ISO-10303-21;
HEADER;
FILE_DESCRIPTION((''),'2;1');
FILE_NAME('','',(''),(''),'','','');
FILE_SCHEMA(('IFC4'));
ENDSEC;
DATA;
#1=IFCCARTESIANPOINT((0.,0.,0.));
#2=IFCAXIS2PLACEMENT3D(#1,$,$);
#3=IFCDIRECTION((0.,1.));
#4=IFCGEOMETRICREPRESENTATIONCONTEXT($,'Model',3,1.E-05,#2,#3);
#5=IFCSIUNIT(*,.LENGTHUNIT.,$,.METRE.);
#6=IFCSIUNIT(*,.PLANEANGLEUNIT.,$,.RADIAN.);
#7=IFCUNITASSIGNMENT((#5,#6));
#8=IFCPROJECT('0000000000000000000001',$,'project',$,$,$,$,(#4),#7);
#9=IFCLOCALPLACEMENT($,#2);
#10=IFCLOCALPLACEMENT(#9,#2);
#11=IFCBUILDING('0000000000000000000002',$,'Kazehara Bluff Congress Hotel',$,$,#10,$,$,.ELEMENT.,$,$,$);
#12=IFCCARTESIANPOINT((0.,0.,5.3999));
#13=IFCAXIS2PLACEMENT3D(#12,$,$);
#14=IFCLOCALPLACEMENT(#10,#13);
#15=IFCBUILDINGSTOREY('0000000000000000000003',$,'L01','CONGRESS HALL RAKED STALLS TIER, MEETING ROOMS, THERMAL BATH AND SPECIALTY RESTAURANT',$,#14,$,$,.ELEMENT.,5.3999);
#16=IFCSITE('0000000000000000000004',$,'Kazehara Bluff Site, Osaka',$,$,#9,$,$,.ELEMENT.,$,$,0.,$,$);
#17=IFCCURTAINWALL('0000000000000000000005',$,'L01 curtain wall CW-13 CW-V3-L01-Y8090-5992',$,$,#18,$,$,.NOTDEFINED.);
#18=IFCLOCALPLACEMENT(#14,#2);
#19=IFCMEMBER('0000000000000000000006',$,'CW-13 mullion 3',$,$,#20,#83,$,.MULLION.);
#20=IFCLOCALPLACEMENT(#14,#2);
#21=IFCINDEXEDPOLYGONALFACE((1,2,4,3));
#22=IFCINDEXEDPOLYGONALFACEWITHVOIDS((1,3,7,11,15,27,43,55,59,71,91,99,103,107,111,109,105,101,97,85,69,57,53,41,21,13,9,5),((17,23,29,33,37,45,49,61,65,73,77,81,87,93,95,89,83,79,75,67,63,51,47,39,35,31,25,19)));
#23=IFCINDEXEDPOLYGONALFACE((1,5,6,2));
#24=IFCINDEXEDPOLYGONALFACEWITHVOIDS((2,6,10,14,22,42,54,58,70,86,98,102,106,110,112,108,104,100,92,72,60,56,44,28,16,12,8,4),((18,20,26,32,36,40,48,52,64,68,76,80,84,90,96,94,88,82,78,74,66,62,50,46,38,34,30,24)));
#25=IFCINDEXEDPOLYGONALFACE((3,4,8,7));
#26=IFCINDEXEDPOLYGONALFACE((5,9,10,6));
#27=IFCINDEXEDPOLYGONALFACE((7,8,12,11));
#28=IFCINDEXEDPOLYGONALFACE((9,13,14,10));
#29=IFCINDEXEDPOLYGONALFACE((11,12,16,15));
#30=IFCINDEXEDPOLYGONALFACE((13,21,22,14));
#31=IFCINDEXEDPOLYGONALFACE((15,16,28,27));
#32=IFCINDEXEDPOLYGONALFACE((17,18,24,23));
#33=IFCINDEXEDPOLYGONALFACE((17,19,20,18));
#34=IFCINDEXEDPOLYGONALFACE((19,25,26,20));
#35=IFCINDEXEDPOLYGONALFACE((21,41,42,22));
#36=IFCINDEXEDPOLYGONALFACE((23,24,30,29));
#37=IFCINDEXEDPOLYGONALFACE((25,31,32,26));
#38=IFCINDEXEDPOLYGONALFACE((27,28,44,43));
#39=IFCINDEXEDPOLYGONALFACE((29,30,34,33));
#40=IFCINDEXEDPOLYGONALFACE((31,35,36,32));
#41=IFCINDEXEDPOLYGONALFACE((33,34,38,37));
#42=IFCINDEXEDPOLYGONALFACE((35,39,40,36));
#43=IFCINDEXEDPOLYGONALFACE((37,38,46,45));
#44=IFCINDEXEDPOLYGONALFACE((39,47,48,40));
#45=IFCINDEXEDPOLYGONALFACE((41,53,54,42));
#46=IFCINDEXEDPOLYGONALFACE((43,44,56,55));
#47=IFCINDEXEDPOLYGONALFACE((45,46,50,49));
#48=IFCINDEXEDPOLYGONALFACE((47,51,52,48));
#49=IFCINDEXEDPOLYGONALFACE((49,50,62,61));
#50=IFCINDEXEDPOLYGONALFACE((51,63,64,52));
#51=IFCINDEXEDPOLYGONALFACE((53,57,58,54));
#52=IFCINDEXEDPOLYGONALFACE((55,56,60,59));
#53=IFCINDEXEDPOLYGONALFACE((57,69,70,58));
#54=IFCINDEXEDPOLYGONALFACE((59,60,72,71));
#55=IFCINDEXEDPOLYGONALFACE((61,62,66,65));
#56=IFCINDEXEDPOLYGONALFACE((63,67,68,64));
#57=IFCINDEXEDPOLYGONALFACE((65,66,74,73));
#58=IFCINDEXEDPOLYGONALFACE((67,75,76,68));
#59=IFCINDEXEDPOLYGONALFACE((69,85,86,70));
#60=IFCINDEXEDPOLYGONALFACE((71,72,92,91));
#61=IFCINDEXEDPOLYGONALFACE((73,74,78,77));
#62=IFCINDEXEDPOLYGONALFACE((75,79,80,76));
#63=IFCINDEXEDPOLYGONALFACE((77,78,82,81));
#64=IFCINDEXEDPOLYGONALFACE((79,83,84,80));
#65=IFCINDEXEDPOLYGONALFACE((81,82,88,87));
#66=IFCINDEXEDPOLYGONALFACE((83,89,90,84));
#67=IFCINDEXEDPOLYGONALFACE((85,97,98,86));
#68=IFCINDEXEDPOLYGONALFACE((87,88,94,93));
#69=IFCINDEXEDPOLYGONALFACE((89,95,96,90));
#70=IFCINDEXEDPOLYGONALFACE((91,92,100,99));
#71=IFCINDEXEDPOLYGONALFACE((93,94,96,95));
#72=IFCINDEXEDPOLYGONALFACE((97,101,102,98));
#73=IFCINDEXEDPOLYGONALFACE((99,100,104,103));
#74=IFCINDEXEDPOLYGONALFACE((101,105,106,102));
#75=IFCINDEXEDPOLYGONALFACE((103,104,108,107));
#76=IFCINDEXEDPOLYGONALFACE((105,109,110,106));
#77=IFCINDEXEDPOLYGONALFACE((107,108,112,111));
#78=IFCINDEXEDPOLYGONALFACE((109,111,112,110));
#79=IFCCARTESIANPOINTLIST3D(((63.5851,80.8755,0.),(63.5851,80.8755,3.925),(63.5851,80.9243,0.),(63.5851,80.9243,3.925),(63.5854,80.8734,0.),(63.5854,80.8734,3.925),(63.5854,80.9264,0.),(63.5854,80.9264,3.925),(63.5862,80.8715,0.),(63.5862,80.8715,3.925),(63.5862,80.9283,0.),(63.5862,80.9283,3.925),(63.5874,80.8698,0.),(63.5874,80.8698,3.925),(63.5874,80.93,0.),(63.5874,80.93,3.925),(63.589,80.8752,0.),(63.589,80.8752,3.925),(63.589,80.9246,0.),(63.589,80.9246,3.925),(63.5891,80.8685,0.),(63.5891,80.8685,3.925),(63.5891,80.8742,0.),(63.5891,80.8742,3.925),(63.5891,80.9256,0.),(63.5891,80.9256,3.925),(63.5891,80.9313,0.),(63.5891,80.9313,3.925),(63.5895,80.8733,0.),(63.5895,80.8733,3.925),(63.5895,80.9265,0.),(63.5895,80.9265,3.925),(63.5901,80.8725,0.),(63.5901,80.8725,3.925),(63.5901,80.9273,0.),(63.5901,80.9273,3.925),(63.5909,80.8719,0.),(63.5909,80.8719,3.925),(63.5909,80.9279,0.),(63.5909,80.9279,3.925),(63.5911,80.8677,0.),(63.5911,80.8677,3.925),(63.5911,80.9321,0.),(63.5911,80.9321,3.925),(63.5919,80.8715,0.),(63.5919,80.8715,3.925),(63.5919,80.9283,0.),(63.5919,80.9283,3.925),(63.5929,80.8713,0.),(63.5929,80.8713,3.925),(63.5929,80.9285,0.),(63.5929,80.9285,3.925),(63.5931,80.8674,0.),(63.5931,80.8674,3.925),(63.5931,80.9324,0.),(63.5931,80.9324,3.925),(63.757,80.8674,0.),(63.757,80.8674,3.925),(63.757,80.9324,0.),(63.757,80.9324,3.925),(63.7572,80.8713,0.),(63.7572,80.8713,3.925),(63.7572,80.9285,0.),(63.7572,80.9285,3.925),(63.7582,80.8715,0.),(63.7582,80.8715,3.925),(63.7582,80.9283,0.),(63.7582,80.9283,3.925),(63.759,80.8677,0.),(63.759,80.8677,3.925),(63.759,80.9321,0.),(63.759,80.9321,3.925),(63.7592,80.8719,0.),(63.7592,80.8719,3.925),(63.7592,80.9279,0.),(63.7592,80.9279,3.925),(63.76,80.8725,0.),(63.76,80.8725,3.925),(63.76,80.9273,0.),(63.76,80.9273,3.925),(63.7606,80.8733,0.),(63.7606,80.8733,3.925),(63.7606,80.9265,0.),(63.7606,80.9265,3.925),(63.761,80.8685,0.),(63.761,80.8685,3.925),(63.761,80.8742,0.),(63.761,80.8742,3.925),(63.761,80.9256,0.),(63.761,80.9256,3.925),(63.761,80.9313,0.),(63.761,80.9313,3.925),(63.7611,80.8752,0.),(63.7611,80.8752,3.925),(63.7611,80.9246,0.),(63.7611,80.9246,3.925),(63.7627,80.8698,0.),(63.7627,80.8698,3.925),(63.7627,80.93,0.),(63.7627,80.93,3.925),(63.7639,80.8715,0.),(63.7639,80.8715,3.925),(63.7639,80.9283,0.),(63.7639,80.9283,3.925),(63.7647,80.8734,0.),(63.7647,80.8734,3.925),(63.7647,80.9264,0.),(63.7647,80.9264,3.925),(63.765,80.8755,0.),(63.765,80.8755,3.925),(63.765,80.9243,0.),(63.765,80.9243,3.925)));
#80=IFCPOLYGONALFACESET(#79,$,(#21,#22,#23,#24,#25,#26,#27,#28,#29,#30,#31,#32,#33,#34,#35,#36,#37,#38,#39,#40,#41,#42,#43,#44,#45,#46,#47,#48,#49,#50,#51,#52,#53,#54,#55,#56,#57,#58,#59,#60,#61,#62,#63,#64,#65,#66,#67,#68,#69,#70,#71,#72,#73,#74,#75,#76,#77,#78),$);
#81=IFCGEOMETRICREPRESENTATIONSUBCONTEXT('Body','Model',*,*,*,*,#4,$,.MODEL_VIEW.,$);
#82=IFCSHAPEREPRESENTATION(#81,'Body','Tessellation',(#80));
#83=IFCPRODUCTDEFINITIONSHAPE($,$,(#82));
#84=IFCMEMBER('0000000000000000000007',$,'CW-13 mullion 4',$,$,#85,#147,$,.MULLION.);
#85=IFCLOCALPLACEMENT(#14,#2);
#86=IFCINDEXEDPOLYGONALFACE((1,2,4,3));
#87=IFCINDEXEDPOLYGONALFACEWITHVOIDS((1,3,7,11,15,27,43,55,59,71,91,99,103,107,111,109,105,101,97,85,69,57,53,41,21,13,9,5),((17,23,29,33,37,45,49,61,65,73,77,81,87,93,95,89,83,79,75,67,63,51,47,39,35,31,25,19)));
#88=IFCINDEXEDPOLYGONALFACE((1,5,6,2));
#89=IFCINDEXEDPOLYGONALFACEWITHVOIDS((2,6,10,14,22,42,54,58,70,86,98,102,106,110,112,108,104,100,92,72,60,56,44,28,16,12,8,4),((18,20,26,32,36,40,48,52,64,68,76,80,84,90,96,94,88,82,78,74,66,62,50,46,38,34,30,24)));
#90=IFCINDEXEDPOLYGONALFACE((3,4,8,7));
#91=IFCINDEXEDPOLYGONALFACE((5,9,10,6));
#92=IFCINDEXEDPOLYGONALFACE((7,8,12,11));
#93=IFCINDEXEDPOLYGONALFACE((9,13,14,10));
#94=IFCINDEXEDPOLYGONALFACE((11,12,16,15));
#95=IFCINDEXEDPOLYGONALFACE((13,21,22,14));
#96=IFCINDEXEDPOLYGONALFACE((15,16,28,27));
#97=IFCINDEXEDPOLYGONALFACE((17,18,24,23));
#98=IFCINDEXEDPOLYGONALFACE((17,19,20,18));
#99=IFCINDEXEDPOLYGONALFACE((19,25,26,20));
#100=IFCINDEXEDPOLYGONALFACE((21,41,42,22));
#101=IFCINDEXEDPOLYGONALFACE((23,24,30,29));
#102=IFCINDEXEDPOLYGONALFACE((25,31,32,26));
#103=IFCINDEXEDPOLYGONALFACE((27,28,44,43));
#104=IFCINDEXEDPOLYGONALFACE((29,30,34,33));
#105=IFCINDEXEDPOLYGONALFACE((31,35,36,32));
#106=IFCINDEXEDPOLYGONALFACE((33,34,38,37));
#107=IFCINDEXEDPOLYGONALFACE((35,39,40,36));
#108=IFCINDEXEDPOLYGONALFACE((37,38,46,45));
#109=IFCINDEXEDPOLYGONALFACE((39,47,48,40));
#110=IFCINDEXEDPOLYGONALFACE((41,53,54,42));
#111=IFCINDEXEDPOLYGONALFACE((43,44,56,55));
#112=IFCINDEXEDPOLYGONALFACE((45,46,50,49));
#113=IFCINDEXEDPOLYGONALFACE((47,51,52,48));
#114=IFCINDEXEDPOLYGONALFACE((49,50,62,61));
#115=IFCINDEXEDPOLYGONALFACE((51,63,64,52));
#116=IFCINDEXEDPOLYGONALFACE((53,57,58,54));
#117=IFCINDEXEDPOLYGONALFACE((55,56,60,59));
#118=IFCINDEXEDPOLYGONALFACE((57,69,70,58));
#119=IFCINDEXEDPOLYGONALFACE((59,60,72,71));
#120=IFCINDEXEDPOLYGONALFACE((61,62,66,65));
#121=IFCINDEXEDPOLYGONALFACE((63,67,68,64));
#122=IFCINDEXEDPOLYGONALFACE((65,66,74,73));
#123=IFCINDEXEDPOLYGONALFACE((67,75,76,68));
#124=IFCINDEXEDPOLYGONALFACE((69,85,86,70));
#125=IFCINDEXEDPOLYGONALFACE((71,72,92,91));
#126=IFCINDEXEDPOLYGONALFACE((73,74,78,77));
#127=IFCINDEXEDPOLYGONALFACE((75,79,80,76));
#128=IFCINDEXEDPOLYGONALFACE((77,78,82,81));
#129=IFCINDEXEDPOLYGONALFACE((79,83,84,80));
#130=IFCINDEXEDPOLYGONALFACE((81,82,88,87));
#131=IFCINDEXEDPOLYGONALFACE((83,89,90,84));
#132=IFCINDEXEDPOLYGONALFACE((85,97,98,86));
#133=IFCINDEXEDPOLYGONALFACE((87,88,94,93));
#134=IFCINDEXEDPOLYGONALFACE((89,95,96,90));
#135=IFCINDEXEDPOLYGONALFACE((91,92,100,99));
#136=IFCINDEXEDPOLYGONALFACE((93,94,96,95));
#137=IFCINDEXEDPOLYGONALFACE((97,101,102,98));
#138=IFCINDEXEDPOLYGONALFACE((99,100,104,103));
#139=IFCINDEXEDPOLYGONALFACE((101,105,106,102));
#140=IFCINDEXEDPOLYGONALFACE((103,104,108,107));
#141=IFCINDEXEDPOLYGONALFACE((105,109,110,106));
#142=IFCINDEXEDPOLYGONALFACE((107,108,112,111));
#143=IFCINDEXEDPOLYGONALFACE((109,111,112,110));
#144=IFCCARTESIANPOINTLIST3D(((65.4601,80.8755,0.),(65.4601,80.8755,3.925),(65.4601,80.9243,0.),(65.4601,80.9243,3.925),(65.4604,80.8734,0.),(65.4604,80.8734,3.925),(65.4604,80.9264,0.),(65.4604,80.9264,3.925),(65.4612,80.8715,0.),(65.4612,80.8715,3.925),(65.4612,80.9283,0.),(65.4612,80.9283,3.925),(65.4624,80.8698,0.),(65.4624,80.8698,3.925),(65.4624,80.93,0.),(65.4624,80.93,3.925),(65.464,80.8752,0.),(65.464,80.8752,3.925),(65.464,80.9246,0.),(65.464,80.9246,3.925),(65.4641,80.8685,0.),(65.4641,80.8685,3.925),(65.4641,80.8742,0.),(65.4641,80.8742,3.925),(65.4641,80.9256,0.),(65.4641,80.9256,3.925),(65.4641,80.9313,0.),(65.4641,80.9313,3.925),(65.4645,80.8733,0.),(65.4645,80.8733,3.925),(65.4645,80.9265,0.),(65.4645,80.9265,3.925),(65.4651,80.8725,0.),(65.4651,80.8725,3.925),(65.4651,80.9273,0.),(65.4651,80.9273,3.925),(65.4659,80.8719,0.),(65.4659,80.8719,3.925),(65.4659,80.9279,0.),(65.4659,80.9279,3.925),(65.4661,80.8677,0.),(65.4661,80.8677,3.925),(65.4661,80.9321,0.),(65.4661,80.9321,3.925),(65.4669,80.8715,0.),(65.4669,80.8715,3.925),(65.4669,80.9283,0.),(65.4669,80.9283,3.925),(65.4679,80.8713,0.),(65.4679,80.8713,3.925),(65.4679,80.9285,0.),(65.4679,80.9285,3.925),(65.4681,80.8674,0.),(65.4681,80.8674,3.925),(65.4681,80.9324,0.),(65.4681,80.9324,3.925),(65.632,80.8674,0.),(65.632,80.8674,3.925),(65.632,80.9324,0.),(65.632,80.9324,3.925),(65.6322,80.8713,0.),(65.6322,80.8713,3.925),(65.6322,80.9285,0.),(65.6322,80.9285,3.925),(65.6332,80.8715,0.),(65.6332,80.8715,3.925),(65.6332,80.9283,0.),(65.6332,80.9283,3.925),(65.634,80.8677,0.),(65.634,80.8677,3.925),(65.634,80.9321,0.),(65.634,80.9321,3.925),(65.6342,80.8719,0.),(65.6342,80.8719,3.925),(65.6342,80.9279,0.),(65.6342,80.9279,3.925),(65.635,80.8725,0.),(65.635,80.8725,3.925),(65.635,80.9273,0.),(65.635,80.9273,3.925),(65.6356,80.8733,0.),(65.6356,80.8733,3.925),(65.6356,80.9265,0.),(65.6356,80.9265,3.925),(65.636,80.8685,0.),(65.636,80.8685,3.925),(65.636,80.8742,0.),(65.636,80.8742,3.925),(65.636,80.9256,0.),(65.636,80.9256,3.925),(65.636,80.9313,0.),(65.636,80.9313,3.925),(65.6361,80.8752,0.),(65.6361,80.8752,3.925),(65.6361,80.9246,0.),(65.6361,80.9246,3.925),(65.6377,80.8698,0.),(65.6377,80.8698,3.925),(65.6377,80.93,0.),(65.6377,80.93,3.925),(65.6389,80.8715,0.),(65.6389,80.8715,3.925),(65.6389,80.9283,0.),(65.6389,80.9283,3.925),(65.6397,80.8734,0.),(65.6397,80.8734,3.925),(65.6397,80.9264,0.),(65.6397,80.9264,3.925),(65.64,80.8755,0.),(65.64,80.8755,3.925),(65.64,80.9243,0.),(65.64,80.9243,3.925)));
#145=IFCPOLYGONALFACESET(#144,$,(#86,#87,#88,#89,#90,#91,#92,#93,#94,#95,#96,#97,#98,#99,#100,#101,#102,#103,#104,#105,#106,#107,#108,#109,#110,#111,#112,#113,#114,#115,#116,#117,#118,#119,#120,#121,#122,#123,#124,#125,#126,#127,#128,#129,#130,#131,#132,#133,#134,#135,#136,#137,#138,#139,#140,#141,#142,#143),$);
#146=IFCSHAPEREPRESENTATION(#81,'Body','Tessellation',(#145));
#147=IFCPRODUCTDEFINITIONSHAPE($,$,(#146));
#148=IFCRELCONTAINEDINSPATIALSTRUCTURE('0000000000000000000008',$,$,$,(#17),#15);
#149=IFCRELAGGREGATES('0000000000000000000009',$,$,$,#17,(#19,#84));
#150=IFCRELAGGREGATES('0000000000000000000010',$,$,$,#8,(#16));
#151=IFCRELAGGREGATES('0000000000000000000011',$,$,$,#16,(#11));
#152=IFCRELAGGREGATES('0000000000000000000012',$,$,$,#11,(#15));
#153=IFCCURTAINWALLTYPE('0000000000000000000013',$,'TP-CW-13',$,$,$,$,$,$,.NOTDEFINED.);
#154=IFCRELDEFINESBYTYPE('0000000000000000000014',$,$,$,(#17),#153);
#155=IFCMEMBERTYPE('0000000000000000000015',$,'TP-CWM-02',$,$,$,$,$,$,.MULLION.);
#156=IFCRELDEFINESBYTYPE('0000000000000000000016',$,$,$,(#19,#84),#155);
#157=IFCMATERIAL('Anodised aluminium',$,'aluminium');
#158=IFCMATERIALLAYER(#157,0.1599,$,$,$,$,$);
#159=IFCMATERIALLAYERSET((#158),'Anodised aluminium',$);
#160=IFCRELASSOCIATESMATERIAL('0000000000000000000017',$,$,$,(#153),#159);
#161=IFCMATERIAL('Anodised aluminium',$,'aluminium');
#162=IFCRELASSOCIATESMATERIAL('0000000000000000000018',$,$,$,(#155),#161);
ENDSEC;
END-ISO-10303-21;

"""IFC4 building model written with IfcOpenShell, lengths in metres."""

from ifc_helpers import new_model, si_unit, direction, frame, origin, origin_2d, place, context, subcontext, project, spatial, hollow_rectangle, extrude, material, layer, layer_set, material_profile, profile_set, type_object, element, aggregate, save


model = new_model("IFC4")

# Units and contexts
model_context = context("Model", 3, precision=1e-05, world=origin(), true_north=direction((0.0, 1.0)))
body_context = subcontext(model_context, "Body", "Model", "MODEL_VIEW")
ifc_project = project(units=[si_unit("LENGTHUNIT", "METRE"), si_unit("PLANEANGLEUNIT", "RADIAN")], contexts=[model_context])

# Site, building, storey
site_placement = place(None, origin())
site = spatial("IfcSite", under=ifc_project, at=site_placement, Name="Kazehara Bluff Site, Osaka", CompositionType="ELEMENT", RefElevation=0.0)
building_placement = place(site_placement, origin())
building = spatial("IfcBuilding", under=site, at=building_placement, Name="Kazehara Bluff Congress Hotel", CompositionType="ELEMENT")
storey_placement = place(building_placement, frame((0.0, 0.0, 5.3999)))
storey = spatial("IfcBuildingStorey", under=building, at=storey_placement, Name="L01", Description="CONGRESS HALL RAKED STALLS TIER, MEETING ROOMS, THERMAL BATH AND SPECIALTY RESTAURANT", CompositionType="ELEMENT", Elevation=5.3999)

# Curtain wall, members
ifc_material_1 = material(Name="Anodised aluminium", Category="aluminium")
ifc_layer_1 = layer(ifc_material_1, 0.1599)
ifc_layer_set_1 = layer_set([ifc_layer_1], Name="Anodised aluminium")
curtain_wall_type_1 = type_object("IfcCurtainWallType", Name="TP-CW-13", PredefinedType="NOTDEFINED", material=ifc_layer_set_1)
curtain_wall_1_placement = place(storey_placement, origin())
curtain_wall_1 = element("IfcCurtainWall", 1, at=curtain_wall_1_placement, inside=storey, type_object=curtain_wall_type_1, Name="L01 curtain wall CW-13 CW-V3-L01-Y8090-5992", PredefinedType="NOTDEFINED")
ifc_material_2 = material(Name="Anodised aluminium", Category="aluminium")
ifc_material_profile_1 = material_profile(ifc_material_2, hollow_rectangle(XDim=0.0649, YDim=0.1799, WallThickness=0.0039, InnerFilletRadius=0.0039, OuterFilletRadius=0.0081, at=origin_2d()))
ifc_profile_set_1 = profile_set([ifc_material_profile_1], Name="Anodised aluminium")
member_type_1 = type_object("IfcMemberType", Name="TP-CWM-02", PredefinedType="MULLION", material=ifc_profile_set_1)
member_1_placement = place(storey_placement, frame((63.675, 80.8999, 0.0), z_axis=(0.0, 0.0, 1.0), x_axis=(0.0, 1.0, 0.0)))
member_1 = element("IfcMember", 2, at=member_1_placement, type_object=member_type_1, Name="CW-13 mullion 3", PredefinedType="MULLION", context=body_context, shape_type="SweptSolid", body=[
    extrude(hollow_rectangle(XDim=0.0649, YDim=0.1799, WallThickness=0.0039, InnerFilletRadius=0.0039, OuterFilletRadius=0.0081, at=origin_2d()), origin(), (0.0, 0.0, 1.0), 3.925),
])
member_2_placement = place(storey_placement, frame((65.55, 80.8999, 0.0), z_axis=(0.0, 0.0, 1.0), x_axis=(0.0, 1.0, 0.0)))
member_2 = element("IfcMember", 3, at=member_2_placement, type_object=member_type_1, Name="CW-13 mullion 4", PredefinedType="MULLION", context=body_context, shape_type="SweptSolid", body=[
    extrude(hollow_rectangle(XDim=0.0649, YDim=0.1799, WallThickness=0.0039, InnerFilletRadius=0.0039, OuterFilletRadius=0.0081, at=origin_2d()), origin(), (0.0, 0.0, 1.0), 3.925),
])

aggregate(curtain_wall_1, [member_1, member_2])

save(model, "model.ifc")
